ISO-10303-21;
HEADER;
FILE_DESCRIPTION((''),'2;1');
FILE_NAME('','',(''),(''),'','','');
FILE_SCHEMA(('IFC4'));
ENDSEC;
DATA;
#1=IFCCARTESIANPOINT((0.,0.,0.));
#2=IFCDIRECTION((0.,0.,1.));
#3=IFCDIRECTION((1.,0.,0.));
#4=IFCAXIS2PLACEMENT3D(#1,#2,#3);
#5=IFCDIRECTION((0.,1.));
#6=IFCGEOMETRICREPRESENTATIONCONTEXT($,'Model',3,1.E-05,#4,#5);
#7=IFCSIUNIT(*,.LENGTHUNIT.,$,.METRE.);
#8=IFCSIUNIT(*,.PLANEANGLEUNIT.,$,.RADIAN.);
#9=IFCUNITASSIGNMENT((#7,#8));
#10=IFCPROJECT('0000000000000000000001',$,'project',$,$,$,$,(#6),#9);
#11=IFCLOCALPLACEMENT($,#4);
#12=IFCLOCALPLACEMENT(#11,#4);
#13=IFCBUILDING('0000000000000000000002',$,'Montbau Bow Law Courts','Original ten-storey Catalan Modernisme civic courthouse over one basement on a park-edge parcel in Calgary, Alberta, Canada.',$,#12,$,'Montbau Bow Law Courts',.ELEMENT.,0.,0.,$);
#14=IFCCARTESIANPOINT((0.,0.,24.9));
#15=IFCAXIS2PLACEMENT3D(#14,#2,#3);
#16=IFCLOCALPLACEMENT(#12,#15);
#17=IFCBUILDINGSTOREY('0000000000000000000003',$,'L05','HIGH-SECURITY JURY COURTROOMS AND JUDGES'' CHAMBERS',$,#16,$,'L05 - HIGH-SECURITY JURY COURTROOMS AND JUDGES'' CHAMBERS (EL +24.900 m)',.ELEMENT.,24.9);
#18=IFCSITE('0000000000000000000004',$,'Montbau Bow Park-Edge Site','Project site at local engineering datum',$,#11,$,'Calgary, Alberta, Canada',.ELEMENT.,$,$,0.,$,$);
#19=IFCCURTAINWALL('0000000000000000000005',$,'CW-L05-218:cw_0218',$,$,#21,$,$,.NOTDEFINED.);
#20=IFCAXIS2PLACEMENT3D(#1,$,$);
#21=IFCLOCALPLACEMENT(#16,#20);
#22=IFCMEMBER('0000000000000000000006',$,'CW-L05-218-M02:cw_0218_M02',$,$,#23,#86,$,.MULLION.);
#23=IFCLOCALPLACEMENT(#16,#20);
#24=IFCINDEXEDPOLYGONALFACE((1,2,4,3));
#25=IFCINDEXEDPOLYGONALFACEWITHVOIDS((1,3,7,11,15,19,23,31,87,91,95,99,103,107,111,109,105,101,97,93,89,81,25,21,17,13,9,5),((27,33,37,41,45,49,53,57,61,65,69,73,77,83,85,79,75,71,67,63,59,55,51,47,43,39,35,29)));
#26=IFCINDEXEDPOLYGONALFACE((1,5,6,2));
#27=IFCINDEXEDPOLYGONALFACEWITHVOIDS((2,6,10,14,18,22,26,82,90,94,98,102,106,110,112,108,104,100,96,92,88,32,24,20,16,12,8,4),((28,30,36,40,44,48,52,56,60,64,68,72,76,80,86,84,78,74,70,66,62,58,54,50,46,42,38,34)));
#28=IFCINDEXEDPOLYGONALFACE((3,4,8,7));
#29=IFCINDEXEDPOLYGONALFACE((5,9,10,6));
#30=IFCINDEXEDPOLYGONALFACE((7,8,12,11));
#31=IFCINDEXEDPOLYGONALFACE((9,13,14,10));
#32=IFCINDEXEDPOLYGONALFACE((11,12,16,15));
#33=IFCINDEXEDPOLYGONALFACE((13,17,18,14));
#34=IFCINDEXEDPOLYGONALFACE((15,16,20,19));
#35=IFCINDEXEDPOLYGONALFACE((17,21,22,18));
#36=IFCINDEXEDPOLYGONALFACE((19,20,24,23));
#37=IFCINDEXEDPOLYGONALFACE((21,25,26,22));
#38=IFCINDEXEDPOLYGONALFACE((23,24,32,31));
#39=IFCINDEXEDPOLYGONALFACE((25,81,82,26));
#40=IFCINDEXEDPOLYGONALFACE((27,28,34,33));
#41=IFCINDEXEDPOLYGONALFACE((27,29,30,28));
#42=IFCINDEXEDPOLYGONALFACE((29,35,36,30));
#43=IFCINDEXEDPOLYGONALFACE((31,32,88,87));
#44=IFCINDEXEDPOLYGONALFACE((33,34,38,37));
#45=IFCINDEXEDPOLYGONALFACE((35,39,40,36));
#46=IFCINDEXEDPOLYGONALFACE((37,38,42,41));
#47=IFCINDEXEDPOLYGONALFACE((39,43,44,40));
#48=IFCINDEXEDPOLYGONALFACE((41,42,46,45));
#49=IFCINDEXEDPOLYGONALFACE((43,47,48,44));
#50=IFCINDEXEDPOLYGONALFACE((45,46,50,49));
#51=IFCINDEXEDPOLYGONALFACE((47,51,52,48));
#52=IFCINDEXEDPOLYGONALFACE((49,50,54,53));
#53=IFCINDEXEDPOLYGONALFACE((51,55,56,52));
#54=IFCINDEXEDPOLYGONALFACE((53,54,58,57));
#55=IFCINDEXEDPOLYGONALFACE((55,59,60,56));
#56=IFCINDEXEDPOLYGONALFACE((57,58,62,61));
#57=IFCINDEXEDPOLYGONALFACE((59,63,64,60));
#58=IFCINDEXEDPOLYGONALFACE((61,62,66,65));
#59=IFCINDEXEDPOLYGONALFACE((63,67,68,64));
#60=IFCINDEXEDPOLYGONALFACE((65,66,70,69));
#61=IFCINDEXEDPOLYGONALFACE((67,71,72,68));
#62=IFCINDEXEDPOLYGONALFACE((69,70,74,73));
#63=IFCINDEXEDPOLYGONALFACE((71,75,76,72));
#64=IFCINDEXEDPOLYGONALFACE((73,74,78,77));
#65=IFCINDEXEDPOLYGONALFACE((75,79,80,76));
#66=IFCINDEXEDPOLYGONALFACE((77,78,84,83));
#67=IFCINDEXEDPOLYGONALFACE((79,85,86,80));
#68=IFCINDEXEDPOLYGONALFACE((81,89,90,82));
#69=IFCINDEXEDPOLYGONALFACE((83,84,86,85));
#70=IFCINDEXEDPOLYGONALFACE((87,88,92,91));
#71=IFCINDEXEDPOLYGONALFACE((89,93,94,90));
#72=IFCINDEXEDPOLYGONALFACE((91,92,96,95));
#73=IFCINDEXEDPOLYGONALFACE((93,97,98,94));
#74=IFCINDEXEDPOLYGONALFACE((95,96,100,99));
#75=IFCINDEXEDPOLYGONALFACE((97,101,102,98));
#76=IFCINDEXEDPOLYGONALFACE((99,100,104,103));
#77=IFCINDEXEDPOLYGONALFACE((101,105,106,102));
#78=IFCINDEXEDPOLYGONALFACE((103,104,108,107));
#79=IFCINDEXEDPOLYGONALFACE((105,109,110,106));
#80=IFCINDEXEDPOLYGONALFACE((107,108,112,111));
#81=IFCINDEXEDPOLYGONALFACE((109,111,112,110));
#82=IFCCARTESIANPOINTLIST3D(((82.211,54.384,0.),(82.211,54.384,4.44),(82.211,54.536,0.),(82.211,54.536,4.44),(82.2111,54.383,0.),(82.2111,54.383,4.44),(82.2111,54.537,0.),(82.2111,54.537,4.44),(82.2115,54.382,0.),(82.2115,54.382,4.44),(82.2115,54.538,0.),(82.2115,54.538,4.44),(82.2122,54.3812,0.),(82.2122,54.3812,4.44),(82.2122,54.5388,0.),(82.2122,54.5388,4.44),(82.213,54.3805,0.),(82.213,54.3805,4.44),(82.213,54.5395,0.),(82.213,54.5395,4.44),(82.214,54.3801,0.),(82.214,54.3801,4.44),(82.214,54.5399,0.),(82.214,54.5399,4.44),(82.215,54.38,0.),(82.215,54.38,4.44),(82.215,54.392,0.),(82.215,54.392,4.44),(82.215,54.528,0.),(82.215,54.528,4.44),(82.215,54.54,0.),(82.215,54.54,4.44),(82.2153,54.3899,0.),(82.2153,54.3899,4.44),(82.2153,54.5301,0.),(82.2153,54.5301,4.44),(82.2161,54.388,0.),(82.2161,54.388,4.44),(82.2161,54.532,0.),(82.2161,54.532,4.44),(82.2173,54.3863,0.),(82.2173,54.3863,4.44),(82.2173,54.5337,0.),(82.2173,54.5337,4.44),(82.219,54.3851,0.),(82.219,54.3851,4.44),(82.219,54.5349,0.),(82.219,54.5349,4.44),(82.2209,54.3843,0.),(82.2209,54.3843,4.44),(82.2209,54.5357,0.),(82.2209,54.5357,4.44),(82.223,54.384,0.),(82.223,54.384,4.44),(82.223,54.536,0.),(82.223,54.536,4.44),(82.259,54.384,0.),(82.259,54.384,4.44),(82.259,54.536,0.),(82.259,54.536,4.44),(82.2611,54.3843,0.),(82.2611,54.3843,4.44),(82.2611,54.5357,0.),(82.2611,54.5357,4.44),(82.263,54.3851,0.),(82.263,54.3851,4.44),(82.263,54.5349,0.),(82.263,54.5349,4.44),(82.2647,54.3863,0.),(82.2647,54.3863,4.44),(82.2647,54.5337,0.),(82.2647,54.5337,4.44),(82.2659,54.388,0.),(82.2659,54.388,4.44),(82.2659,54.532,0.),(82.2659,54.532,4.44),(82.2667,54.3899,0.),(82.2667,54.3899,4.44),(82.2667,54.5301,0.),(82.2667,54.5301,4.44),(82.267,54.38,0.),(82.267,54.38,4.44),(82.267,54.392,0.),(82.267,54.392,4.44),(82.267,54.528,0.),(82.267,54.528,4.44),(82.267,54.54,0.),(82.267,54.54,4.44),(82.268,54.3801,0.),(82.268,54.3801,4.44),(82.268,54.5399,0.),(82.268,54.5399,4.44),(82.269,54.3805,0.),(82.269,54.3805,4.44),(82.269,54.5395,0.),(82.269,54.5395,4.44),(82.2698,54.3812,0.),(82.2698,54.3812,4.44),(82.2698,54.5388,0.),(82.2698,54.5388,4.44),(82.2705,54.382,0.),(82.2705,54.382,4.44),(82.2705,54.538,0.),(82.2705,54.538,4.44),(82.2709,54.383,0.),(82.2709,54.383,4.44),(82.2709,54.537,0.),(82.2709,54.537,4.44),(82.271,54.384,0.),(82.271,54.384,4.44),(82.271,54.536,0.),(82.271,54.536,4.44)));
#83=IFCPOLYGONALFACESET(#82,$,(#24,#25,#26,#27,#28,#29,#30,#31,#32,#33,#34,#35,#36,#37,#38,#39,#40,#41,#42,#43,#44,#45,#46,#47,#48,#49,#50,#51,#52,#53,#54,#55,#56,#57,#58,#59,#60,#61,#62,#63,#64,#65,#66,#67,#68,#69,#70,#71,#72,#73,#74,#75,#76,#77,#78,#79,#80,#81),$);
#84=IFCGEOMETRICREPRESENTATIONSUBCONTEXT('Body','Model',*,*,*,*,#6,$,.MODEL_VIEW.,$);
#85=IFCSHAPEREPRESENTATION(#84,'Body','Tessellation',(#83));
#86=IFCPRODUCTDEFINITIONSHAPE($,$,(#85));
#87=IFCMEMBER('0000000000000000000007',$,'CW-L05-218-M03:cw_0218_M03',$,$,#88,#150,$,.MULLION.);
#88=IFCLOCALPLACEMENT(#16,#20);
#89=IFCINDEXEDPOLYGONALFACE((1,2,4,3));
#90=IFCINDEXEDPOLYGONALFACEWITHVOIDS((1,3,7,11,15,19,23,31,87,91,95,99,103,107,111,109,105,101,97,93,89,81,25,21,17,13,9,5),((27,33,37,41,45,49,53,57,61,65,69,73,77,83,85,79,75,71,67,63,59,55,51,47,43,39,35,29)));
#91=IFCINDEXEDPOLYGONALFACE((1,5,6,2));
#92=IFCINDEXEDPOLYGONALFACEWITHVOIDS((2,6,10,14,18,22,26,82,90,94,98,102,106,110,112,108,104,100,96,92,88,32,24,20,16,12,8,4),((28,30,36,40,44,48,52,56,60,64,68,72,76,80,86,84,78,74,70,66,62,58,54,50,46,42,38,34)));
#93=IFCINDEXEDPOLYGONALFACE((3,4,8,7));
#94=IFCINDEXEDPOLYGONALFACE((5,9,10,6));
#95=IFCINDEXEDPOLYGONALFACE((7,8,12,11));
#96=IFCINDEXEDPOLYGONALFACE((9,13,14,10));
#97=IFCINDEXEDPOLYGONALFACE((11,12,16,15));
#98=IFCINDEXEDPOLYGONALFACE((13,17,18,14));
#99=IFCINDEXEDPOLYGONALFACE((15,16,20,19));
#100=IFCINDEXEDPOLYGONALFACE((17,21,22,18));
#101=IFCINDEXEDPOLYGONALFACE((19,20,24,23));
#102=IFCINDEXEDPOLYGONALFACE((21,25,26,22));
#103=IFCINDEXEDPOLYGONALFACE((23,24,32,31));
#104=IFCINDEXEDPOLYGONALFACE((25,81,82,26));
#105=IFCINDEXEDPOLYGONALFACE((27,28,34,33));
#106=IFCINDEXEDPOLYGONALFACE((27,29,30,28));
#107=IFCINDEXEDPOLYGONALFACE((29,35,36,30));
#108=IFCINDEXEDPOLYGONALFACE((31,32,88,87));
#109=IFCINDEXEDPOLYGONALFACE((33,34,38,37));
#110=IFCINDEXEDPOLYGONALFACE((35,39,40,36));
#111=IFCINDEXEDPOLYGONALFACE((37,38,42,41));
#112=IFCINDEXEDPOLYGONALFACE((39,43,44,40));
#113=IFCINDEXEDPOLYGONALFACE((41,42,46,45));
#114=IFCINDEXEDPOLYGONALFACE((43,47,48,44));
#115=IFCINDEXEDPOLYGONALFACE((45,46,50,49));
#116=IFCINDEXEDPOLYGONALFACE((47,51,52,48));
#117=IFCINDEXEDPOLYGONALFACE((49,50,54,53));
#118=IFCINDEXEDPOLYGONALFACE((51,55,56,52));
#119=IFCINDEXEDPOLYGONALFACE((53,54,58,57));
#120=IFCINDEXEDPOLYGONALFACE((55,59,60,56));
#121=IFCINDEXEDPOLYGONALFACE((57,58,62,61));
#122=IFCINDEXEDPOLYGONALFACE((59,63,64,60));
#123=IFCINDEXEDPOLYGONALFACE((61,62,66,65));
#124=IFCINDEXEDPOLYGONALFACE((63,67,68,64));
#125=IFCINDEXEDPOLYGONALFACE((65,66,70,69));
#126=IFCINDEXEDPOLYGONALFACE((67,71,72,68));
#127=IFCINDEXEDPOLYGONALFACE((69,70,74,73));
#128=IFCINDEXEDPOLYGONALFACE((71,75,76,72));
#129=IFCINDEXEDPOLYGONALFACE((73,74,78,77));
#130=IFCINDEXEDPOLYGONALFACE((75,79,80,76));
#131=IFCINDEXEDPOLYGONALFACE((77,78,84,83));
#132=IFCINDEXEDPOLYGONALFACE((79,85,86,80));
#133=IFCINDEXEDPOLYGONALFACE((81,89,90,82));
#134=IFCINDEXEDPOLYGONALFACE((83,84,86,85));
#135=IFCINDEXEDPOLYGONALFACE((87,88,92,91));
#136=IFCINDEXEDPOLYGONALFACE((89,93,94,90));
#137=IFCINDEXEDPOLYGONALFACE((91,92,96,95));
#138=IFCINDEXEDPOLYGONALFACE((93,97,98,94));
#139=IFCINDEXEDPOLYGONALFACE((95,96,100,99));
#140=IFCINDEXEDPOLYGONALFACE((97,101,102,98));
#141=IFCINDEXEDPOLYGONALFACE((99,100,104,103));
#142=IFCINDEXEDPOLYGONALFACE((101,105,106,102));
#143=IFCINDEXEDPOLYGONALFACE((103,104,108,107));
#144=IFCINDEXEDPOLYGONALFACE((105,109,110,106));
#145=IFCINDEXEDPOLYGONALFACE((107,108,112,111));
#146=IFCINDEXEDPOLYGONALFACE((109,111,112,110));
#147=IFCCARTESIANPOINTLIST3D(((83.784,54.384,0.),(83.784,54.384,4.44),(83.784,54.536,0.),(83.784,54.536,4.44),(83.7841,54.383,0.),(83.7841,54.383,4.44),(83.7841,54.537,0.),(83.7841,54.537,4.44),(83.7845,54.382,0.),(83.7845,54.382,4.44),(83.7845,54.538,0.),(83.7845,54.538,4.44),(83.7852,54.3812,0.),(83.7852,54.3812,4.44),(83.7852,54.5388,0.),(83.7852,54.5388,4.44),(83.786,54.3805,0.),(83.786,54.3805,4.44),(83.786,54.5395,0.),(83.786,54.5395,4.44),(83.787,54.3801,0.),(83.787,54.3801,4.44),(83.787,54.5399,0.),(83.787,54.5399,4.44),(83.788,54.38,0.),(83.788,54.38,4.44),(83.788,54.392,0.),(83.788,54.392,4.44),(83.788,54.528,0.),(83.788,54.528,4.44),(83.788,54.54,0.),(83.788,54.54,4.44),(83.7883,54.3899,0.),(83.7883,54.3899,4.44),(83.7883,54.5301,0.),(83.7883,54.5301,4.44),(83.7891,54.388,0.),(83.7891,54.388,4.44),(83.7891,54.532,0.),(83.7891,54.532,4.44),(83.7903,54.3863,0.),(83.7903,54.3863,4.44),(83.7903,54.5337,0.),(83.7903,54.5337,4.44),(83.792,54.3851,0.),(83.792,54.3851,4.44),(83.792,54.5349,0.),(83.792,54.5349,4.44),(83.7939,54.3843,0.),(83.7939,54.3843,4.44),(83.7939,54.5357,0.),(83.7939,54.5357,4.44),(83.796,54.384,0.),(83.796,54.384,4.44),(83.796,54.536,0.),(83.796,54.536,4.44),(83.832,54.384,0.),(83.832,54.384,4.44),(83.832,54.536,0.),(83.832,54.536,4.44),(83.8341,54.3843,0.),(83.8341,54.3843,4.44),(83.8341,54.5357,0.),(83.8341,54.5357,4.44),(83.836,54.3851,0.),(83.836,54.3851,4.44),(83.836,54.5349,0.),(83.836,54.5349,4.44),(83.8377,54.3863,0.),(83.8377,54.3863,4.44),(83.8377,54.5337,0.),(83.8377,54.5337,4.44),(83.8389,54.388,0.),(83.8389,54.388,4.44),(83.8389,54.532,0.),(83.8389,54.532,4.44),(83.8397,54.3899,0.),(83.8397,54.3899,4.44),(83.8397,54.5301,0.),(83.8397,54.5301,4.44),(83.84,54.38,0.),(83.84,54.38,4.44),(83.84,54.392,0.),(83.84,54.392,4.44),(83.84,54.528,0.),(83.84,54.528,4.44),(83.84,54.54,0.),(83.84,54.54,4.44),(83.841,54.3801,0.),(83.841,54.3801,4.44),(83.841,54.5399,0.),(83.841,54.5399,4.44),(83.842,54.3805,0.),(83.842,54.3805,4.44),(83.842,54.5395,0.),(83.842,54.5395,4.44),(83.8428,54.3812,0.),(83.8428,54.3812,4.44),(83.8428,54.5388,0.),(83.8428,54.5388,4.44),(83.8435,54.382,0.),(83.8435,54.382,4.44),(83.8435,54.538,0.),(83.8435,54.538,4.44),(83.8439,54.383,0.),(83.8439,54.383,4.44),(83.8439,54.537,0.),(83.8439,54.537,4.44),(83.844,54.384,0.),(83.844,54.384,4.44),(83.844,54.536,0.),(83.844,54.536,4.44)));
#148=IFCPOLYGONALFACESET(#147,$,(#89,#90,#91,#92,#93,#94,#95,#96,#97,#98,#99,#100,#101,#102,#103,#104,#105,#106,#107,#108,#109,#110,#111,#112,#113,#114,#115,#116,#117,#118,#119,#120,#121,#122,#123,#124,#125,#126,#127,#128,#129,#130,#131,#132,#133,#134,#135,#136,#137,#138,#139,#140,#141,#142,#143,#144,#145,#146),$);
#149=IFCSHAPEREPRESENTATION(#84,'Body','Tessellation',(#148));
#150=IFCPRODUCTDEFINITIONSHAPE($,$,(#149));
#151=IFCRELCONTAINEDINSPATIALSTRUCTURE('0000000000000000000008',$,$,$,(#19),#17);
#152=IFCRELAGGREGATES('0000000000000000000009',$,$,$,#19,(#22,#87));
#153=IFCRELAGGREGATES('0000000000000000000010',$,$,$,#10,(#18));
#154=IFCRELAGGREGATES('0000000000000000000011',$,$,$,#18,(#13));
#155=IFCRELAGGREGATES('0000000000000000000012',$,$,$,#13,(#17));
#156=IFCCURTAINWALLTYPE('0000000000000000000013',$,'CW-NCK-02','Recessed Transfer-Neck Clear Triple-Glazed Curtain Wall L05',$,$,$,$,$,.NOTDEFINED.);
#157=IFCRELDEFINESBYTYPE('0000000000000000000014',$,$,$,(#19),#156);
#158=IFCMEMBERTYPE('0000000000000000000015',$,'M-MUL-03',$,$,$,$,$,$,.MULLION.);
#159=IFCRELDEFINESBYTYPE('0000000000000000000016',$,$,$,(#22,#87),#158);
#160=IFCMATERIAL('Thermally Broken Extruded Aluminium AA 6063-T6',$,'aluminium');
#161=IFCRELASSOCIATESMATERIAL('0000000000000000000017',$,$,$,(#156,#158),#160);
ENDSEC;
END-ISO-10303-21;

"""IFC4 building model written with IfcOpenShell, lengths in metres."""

from ifc_helpers import new_model, si_unit, direction, frame, origin_with_axes, origin_2d_with_axis, place, context, subcontext, project, spatial, hollow_rectangle, extrude, material, material_profile, profile_set, type_object, element, aggregate, save


model = new_model("IFC4")

# Units and contexts
model_context = context("Model", 3, precision=1e-05, world=origin_with_axes(), true_north=direction((0.0, 1.0)))
body_context = subcontext(model_context, "Body", "Model", "MODEL_VIEW")
ifc_project = project(units=[si_unit("LENGTHUNIT", "METRE"), si_unit("PLANEANGLEUNIT", "RADIAN")], contexts=[model_context])

# Site, building, storey
site_placement = place(None, origin_with_axes())
site = spatial("IfcSite", under=ifc_project, at=site_placement, Name="Montbau Bow Park-Edge Site", Description="Project site at local engineering datum", LongName="Calgary, Alberta, Canada", CompositionType="ELEMENT", RefElevation=0.0)
building_placement = place(site_placement, origin_with_axes())
building = spatial("IfcBuilding", under=site, at=building_placement, Name="Montbau Bow Law Courts", Description="Original ten-storey Catalan Modernisme civic courthouse over one basement on a park-edge parcel in Calgary, Alberta, Canada.", LongName="Montbau Bow Law Courts", CompositionType="ELEMENT", ElevationOfRefHeight=0.0, ElevationOfTerrain=0.0)
storey_placement = place(building_placement, frame((0.0, 0.0, 24.9), z_axis=(0.0, 0.0, 1.0), x_axis=(1.0, 0.0, 0.0)))
storey = spatial("IfcBuildingStorey", under=building, at=storey_placement, Name="L05", Description="HIGH-SECURITY JURY COURTROOMS AND JUDGES' CHAMBERS", LongName="L05 - HIGH-SECURITY JURY COURTROOMS AND JUDGES' CHAMBERS (EL +24.900 m)", CompositionType="ELEMENT", Elevation=24.9)

# Curtain wall, members
ifc_material_1 = material(Name="Thermally Broken Extruded Aluminium AA 6063-T6", Category="aluminium")
curtain_wall_type = type_object("IfcCurtainWallType", Name="CW-NCK-02", Description="Recessed Transfer-Neck Clear Triple-Glazed Curtain Wall L05", PredefinedType="NOTDEFINED", material=ifc_material_1)
curtain_wall_placement = place(None, frame((80.668, 54.46, 24.9), z_axis=(0.0, 0.0, 1.0), x_axis=(1.0, 0.0, 0.0)))
curtain_wall = element("IfcCurtainWall", 1, at=curtain_wall_placement, inside=storey, type_object=curtain_wall_type, Name="CW-L05-218:cw_0218", PredefinedType="NOTDEFINED")
ifc_material_profile_1 = material_profile(ifc_material_1, hollow_rectangle(XDim=0.06, YDim=0.16, WallThickness=0.004, InnerFilletRadius=0.008, OuterFilletRadius=0.004, at=origin_2d_with_axis()), Name="CWM-160X60", Category="Main", Priority=0)
ifc_profile_set_1 = profile_set([ifc_material_profile_1], Name="Thermally Broken Extruded Aluminium AA 6063-T6")
member_type_1 = type_object("IfcMemberType", Name="M-MUL-03", PredefinedType="MULLION", material=ifc_profile_set_1)
member_1_placement = place(None, frame((82.241, 54.46, 24.9), z_axis=(0.0, 0.0, 1.0), x_axis=(1.0, 0.0, 0.0)))
member_1 = element("IfcMember", 2, at=member_1_placement, type_object=member_type_1, Name="CW-L05-218-M02:cw_0218_M02", PredefinedType="MULLION", context=body_context, shape_type="SweptSolid", body=[
    extrude(hollow_rectangle(XDim=0.06, YDim=0.16, WallThickness=0.004, InnerFilletRadius=0.008, OuterFilletRadius=0.004, at=origin_2d_with_axis()), origin_with_axes(), (0.0, 0.0, 1.0), 4.44),
])
member_2_placement = place(None, frame((83.814, 54.46, 24.9), z_axis=(0.0, 0.0, 1.0), x_axis=(1.0, 0.0, 0.0)))
member_2 = element("IfcMember", 3, at=member_2_placement, type_object=member_type_1, Name="CW-L05-218-M03:cw_0218_M03", PredefinedType="MULLION", context=body_context, shape_type="SweptSolid", body=[
    extrude(hollow_rectangle(XDim=0.06, YDim=0.16, WallThickness=0.004, InnerFilletRadius=0.008, OuterFilletRadius=0.004, at=origin_2d_with_axis()), origin_with_axes(), (0.0, 0.0, 1.0), 4.44),
])
aggregate(curtain_wall, [member_1, member_2])

save(model, "model.ifc")
